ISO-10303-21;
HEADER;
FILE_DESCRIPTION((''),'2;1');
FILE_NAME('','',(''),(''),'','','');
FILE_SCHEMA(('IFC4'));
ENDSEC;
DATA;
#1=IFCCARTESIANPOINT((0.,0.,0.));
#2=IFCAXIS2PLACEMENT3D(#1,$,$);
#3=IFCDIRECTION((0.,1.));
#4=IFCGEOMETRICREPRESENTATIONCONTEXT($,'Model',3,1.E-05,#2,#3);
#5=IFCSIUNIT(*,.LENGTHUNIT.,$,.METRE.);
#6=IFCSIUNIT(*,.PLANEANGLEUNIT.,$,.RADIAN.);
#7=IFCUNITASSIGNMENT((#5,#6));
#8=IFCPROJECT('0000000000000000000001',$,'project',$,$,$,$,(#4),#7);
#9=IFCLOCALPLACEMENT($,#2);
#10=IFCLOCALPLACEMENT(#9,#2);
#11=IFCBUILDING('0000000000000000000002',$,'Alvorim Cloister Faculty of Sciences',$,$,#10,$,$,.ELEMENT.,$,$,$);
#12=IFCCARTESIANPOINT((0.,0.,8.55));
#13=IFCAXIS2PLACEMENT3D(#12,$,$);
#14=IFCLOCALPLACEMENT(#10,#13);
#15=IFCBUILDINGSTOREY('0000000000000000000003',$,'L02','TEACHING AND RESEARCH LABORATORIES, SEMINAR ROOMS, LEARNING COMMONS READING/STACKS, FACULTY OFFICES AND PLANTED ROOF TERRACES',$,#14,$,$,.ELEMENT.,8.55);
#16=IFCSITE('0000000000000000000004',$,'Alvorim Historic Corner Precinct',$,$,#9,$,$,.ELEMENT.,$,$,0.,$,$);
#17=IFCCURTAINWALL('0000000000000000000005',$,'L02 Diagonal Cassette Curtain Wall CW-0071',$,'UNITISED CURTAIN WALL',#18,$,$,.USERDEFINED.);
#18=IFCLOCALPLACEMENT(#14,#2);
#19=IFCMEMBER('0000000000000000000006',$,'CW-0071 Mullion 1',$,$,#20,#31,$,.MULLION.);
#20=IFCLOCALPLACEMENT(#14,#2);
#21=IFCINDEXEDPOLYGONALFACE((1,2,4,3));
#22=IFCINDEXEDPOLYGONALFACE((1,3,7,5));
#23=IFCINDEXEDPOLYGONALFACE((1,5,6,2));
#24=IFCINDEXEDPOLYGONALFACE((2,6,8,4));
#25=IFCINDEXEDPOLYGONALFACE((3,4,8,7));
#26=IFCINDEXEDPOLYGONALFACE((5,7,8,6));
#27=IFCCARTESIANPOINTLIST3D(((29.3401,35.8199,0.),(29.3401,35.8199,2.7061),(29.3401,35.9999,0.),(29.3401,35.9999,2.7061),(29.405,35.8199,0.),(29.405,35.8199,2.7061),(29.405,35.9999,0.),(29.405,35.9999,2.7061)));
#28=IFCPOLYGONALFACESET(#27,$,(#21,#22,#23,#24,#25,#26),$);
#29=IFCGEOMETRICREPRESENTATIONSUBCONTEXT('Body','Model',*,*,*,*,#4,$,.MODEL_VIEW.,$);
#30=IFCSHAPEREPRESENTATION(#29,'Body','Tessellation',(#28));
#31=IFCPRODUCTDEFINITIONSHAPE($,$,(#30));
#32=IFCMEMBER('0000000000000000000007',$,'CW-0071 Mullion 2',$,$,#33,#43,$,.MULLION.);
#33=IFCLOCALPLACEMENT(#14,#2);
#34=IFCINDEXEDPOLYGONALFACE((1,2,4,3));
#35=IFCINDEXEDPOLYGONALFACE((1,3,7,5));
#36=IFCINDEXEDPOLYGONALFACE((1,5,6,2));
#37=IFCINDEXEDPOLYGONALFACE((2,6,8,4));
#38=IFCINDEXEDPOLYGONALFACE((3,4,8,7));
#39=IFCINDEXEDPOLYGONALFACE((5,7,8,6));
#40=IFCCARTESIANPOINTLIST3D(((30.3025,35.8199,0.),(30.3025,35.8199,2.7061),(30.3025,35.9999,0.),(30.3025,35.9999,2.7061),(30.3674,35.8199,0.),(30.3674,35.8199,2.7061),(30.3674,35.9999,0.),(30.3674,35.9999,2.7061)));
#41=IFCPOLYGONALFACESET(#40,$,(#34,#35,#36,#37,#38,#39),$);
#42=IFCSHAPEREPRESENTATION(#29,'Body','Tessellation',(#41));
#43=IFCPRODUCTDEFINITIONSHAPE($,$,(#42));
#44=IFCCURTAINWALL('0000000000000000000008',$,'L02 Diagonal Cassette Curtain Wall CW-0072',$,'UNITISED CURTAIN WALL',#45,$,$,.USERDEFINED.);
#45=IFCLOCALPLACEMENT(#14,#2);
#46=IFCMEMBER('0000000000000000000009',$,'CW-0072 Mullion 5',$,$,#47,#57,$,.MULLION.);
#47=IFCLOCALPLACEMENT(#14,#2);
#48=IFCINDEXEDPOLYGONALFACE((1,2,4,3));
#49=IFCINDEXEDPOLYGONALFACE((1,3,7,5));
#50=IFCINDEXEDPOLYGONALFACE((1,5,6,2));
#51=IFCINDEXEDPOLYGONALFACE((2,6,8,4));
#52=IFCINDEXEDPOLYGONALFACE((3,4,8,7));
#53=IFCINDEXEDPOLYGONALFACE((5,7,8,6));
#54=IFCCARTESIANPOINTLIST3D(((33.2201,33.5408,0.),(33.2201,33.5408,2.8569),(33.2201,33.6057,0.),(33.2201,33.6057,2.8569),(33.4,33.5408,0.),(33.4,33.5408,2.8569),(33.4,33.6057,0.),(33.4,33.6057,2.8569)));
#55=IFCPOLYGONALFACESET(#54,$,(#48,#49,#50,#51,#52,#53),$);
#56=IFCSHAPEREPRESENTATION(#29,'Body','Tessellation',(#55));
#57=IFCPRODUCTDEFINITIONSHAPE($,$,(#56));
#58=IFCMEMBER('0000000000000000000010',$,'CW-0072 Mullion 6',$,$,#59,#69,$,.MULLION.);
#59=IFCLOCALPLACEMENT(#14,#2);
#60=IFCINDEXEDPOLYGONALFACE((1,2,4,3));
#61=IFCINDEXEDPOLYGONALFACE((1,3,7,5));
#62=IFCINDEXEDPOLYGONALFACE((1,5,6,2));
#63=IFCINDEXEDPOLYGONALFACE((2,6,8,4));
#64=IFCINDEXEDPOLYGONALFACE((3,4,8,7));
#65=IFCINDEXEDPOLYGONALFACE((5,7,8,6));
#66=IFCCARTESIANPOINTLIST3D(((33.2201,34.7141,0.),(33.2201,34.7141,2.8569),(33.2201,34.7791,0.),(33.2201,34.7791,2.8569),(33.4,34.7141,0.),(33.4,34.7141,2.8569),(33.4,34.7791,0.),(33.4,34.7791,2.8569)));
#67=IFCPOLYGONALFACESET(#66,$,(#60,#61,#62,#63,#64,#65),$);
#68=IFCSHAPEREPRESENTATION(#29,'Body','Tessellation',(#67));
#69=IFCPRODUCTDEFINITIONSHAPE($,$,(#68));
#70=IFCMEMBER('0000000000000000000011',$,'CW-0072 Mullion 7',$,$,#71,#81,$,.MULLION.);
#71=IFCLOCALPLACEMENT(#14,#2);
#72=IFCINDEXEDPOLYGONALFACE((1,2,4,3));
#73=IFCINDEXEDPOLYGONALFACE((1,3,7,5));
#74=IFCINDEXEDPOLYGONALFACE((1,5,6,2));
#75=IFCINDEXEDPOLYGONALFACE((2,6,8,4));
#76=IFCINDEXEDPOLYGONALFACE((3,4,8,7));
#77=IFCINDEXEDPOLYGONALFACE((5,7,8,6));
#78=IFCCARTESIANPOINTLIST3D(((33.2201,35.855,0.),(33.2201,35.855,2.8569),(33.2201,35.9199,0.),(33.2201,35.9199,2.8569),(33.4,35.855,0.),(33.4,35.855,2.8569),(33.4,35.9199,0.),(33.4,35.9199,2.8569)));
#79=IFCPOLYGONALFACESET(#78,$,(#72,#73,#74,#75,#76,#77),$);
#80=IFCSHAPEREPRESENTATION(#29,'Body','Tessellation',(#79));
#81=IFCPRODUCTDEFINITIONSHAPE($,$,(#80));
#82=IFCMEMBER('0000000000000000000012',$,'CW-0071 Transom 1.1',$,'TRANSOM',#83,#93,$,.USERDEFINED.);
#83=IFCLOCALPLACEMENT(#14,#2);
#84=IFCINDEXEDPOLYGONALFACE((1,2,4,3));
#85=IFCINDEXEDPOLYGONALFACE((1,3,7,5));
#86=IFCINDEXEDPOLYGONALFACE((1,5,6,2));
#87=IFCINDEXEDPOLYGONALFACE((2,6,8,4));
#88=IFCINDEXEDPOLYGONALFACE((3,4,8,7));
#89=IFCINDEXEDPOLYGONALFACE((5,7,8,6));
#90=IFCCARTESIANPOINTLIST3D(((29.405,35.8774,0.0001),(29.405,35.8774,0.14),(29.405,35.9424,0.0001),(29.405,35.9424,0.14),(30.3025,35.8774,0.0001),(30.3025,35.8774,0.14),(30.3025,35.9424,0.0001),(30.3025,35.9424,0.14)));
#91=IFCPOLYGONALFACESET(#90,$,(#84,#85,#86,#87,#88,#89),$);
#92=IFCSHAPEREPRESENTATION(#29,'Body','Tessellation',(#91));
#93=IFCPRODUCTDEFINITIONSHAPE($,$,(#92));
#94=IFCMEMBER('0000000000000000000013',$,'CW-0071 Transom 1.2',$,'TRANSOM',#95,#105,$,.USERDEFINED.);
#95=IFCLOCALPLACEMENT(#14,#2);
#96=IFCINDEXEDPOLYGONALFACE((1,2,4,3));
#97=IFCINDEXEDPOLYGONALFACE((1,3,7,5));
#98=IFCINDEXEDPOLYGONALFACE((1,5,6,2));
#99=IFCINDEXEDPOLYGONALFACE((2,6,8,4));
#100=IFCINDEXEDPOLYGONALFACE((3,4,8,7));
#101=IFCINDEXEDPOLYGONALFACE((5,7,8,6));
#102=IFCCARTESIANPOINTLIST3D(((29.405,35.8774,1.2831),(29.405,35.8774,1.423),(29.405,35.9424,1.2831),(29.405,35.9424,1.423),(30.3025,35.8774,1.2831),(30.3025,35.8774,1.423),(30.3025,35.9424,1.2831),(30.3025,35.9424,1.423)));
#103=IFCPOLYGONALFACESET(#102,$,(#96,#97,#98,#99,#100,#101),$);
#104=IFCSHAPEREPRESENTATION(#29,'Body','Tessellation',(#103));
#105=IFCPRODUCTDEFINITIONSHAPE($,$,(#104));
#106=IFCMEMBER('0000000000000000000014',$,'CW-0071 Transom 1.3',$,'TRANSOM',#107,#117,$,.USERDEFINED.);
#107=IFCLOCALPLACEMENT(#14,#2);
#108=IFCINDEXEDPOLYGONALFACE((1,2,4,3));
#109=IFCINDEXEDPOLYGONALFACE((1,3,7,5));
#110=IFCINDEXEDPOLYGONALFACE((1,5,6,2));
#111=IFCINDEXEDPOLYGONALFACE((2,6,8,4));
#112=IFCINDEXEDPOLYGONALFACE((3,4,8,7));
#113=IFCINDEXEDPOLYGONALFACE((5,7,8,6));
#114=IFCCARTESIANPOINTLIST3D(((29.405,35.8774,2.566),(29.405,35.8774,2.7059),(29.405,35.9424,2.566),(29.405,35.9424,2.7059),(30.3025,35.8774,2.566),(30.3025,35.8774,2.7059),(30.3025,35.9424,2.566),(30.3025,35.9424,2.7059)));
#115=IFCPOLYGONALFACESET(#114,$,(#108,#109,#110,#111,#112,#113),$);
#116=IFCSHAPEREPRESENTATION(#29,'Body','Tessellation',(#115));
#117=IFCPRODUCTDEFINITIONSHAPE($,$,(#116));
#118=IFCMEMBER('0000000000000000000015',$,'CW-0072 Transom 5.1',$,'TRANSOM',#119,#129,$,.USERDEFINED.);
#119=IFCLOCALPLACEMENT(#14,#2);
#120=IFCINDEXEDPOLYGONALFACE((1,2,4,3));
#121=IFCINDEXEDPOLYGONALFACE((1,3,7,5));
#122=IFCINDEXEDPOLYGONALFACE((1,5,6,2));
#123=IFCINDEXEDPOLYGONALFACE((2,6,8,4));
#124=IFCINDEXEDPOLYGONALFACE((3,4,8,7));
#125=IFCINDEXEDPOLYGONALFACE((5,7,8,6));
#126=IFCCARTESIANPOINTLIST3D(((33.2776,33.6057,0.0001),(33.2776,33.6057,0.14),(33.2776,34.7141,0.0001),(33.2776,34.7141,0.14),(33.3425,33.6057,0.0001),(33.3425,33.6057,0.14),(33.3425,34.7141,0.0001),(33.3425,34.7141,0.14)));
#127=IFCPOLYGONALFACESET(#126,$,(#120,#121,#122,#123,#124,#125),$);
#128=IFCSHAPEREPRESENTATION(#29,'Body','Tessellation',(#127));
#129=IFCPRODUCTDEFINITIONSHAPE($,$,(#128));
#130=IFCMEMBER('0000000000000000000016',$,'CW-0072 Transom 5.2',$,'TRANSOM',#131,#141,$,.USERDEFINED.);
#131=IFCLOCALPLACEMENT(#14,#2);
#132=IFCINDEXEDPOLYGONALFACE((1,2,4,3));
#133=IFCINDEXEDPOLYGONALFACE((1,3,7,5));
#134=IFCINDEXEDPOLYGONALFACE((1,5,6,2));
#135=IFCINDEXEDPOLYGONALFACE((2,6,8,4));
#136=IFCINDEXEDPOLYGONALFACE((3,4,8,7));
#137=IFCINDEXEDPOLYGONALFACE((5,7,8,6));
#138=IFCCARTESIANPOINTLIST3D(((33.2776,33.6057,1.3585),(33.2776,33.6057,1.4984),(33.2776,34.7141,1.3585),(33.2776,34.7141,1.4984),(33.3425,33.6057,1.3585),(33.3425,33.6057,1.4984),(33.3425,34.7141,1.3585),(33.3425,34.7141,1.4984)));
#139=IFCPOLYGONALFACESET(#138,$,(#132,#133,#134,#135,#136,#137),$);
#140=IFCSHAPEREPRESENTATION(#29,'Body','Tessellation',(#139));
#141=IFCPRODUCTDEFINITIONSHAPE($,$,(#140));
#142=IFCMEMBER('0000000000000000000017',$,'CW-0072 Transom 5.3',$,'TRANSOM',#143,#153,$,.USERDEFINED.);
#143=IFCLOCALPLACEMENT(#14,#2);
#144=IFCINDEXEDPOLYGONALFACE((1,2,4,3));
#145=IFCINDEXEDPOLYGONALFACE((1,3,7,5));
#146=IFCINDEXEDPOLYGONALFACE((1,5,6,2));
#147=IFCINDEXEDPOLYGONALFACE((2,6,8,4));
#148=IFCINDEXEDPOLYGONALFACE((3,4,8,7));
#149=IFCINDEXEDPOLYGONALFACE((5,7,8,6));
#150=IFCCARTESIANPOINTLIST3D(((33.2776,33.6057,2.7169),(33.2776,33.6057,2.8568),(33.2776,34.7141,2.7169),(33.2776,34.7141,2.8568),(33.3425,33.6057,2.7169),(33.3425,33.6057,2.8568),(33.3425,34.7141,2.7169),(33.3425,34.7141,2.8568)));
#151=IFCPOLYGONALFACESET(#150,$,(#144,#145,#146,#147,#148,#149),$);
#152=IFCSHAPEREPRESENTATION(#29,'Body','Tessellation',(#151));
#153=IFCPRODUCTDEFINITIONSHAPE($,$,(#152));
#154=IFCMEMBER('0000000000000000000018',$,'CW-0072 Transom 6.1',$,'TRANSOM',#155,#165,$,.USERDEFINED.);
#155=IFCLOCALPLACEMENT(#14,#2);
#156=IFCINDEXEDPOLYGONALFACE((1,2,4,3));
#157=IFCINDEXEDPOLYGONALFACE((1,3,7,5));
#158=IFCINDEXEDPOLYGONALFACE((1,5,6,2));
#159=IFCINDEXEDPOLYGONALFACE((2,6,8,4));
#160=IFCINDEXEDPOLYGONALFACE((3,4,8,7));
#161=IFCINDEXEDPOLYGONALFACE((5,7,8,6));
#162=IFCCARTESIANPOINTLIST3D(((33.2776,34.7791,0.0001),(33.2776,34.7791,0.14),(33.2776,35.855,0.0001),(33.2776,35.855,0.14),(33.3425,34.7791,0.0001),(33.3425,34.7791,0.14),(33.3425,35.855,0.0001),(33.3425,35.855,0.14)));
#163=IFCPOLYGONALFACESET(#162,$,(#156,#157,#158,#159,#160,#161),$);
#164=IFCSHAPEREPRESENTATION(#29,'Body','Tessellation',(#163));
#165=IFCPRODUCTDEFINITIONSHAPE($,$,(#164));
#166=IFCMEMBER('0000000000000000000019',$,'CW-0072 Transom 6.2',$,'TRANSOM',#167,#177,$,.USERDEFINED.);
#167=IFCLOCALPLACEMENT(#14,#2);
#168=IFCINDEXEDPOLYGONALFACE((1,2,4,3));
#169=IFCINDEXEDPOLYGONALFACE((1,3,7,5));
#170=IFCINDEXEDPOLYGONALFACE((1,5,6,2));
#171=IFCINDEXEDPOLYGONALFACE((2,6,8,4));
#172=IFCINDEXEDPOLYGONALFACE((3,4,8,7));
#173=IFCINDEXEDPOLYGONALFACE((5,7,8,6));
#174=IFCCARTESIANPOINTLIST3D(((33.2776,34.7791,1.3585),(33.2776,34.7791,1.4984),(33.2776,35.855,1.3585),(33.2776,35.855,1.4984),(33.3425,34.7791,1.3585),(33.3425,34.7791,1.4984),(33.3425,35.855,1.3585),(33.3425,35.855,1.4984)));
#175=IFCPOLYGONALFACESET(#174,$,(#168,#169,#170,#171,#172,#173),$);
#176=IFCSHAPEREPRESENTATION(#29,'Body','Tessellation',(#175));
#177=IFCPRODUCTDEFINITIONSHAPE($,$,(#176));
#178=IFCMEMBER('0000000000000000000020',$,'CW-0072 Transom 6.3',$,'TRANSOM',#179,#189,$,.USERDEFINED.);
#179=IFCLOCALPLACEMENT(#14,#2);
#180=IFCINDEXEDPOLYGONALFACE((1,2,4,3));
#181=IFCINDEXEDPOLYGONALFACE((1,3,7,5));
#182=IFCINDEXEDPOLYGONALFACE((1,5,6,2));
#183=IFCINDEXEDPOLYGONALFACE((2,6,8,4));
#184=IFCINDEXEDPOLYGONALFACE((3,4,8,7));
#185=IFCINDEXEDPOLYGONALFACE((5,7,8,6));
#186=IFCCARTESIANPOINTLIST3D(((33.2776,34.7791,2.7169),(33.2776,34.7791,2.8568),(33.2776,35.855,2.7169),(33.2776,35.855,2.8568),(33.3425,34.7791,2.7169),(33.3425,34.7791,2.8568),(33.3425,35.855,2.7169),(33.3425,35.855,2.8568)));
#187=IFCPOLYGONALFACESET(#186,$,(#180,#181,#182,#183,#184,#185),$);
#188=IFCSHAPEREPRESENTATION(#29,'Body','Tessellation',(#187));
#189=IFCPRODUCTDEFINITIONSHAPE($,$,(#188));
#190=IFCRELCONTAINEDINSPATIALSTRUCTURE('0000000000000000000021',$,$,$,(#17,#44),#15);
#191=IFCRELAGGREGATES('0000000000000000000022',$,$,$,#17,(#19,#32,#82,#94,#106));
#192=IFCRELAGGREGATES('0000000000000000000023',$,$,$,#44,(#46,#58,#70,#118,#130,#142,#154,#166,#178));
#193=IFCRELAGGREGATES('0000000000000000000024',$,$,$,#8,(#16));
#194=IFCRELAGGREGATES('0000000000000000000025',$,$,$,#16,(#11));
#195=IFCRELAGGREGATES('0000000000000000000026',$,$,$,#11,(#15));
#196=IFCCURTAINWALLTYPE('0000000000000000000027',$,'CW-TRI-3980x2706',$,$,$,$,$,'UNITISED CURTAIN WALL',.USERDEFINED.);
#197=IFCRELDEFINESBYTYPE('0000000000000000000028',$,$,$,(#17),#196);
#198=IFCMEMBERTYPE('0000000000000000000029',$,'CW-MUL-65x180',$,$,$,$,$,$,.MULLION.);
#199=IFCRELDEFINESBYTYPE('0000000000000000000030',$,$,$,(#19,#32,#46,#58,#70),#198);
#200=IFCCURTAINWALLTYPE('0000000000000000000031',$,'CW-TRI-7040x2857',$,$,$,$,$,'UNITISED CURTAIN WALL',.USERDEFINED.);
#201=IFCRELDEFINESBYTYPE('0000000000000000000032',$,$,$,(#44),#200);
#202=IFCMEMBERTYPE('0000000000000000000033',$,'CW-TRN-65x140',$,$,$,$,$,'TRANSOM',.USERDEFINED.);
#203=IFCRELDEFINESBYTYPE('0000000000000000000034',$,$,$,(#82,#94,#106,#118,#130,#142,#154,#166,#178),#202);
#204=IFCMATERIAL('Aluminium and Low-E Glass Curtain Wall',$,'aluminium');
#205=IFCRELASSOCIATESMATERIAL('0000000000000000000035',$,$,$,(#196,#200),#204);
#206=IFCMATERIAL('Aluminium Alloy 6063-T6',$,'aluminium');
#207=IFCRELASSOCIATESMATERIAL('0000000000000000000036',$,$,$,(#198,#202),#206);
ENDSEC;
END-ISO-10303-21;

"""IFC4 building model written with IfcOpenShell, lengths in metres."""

from ifc_helpers import new_model, si_unit, direction, frame, origin, origin_2d, place, context, subcontext, project, spatial, rectangle, extrude, material, material_profile, profile_set, type_object, element, aggregate, save


model = new_model("IFC4")

# Units and contexts
model_context = context("Model", 3, precision=1e-05, world=origin(), true_north=direction((0.0, 1.0)))
body_context = subcontext(model_context, "Body", "Model", "MODEL_VIEW")
ifc_project = project(units=[si_unit("LENGTHUNIT", "METRE"), si_unit("PLANEANGLEUNIT", "RADIAN")], contexts=[model_context])

# Site, building, storey
site_placement = place(None, origin())
site = spatial("IfcSite", under=ifc_project, at=site_placement, Name="Alvorim Historic Corner Precinct", CompositionType="ELEMENT", RefElevation=0.0)
building_placement = place(site_placement, origin())
building = spatial("IfcBuilding", under=site, at=building_placement, Name="Alvorim Cloister Faculty of Sciences", CompositionType="ELEMENT")
storey_placement = place(building_placement, frame((0.0, 0.0, 8.55)))
storey = spatial("IfcBuildingStorey", under=building, at=storey_placement, Name="L02", Description="TEACHING AND RESEARCH LABORATORIES, SEMINAR ROOMS, LEARNING COMMONS READING/STACKS, FACULTY OFFICES AND PLANTED ROOF TERRACES", CompositionType="ELEMENT", Elevation=8.55)

# Curtain walls, members
ifc_material_1 = material(Name="Aluminium and Low-E Glass Curtain Wall", Category="aluminium")
curtain_wall_type_1 = type_object("IfcCurtainWallType", Name="CW-TRI-3980x2706", ElementType="UNITISED CURTAIN WALL", PredefinedType="USERDEFINED", material=ifc_material_1)
curtain_wall_1_placement = place(storey_placement, origin())
curtain_wall_1 = element("IfcCurtainWall", 1, at=curtain_wall_1_placement, inside=storey, type_object=curtain_wall_type_1, Name="L02 Diagonal Cassette Curtain Wall CW-0071", ObjectType="UNITISED CURTAIN WALL", PredefinedType="USERDEFINED")
ifc_material_2 = material(Name="Aluminium Alloy 6063-T6", Category="aluminium")
ifc_material_profile_1 = material_profile(ifc_material_2, rectangle(XDim=0.0649, YDim=0.1799, at=origin_2d()), Name="ALU-MUL-65x180")
ifc_profile_set_1 = profile_set([ifc_material_profile_1], Name="Aluminium Alloy 6063-T6")
member_type_1 = type_object("IfcMemberType", Name="CW-MUL-65x180", PredefinedType="MULLION", material=ifc_profile_set_1)
member_1_placement = place(storey_placement, frame((29.3726, 35.9099, 0.0), z_axis=(0.0, 0.0, 1.0), x_axis=(1.0, 0.0, 0.0)))
member_1 = element("IfcMember", 2, at=member_1_placement, type_object=member_type_1, Name="CW-0071 Mullion 1", PredefinedType="MULLION", context=body_context, shape_type="SweptSolid", body=[
    extrude(rectangle(XDim=0.0649, YDim=0.1799, at=origin_2d()), origin(), (0.0, 0.0, 1.0), 2.7061),
])
member_2_placement = place(storey_placement, frame((30.335, 35.9099, 0.0), z_axis=(0.0, 0.0, 1.0), x_axis=(1.0, 0.0, 0.0)))
member_2 = element("IfcMember", 3, at=member_2_placement, type_object=member_type_1, Name="CW-0071 Mullion 2", PredefinedType="MULLION", context=body_context, shape_type="SweptSolid", body=[
    extrude(rectangle(XDim=0.0649, YDim=0.1799, at=origin_2d()), origin(), (0.0, 0.0, 1.0), 2.7061),
])
curtain_wall_type_2 = type_object("IfcCurtainWallType", Name="CW-TRI-7040x2857", ElementType="UNITISED CURTAIN WALL", PredefinedType="USERDEFINED", material=ifc_material_1)
curtain_wall_2_placement = place(storey_placement, origin())
curtain_wall_2 = element("IfcCurtainWall", 4, at=curtain_wall_2_placement, inside=storey, type_object=curtain_wall_type_2, Name="L02 Diagonal Cassette Curtain Wall CW-0072", ObjectType="UNITISED CURTAIN WALL", PredefinedType="USERDEFINED")
member_3_placement = place(storey_placement, frame((33.3101, 33.5732, 0.0), z_axis=(0.0, 0.0, 1.0), x_axis=(0.0, 1.0, 0.0)))
member_3 = element("IfcMember", 5, at=member_3_placement, type_object=member_type_1, Name="CW-0072 Mullion 5", PredefinedType="MULLION", context=body_context, shape_type="SweptSolid", body=[
    extrude(rectangle(XDim=0.0649, YDim=0.1799, at=origin_2d()), origin(), (0.0, 0.0, 1.0), 2.8569),
])
member_4_placement = place(storey_placement, frame((33.3101, 34.7466, 0.0), z_axis=(0.0, 0.0, 1.0), x_axis=(0.0, 1.0, 0.0)))
member_4 = element("IfcMember", 6, at=member_4_placement, type_object=member_type_1, Name="CW-0072 Mullion 6", PredefinedType="MULLION", context=body_context, shape_type="SweptSolid", body=[
    extrude(rectangle(XDim=0.0649, YDim=0.1799, at=origin_2d()), origin(), (0.0, 0.0, 1.0), 2.8569),
])
member_5_placement = place(storey_placement, frame((33.3101, 35.8875, 0.0), z_axis=(0.0, 0.0, 1.0), x_axis=(0.0, 1.0, 0.0)))
member_5 = element("IfcMember", 7, at=member_5_placement, type_object=member_type_1, Name="CW-0072 Mullion 7", PredefinedType="MULLION", context=body_context, shape_type="SweptSolid", body=[
    extrude(rectangle(XDim=0.0649, YDim=0.1799, at=origin_2d()), origin(), (0.0, 0.0, 1.0), 2.8569),
])

# Members
ifc_material_profile_2 = material_profile(ifc_material_2, rectangle(XDim=0.0649, YDim=0.1399, at=origin_2d()), Name="ALU-TRN-65x140")
ifc_profile_set_2 = profile_set([ifc_material_profile_2], Name="Aluminium Alloy 6063-T6")
member_type_2 = type_object("IfcMemberType", Name="CW-TRN-65x140", ElementType="TRANSOM", PredefinedType="USERDEFINED", material=ifc_profile_set_2)
member_6_placement = place(storey_placement, frame((29.405, 35.9099, 0.0701), z_axis=(1.0, 0.0, 0.0), x_axis=(0.0, 1.0, 0.0)))
member_6 = element("IfcMember", 8, at=member_6_placement, type_object=member_type_2, Name="CW-0071 Transom 1.1", ObjectType="TRANSOM", PredefinedType="USERDEFINED", context=body_context, shape_type="SweptSolid", body=[
    extrude(rectangle(XDim=0.0649, YDim=0.1399, at=origin_2d()), origin(), (0.0, 0.0, 1.0), 0.8975),
])
member_7_placement = place(storey_placement, frame((29.405, 35.9099, 1.353), z_axis=(1.0, 0.0, 0.0), x_axis=(0.0, 1.0, 0.0)))
member_7 = element("IfcMember", 9, at=member_7_placement, type_object=member_type_2, Name="CW-0071 Transom 1.2", ObjectType="TRANSOM", PredefinedType="USERDEFINED", context=body_context, shape_type="SweptSolid", body=[
    extrude(rectangle(XDim=0.0649, YDim=0.1399, at=origin_2d()), origin(), (0.0, 0.0, 1.0), 0.8975),
])
member_8_placement = place(storey_placement, frame((29.405, 35.9099, 2.636), z_axis=(1.0, 0.0, 0.0), x_axis=(0.0, 1.0, 0.0)))
member_8 = element("IfcMember", 10, at=member_8_placement, type_object=member_type_2, Name="CW-0071 Transom 1.3", ObjectType="TRANSOM", PredefinedType="USERDEFINED", context=body_context, shape_type="SweptSolid", body=[
    extrude(rectangle(XDim=0.0649, YDim=0.1399, at=origin_2d()), origin(), (0.0, 0.0, 1.0), 0.8975),
])
aggregate(curtain_wall_1, [member_1, member_2, member_6, member_7, member_8])
member_9_placement = place(storey_placement, frame((33.3101, 33.6057, 0.0701), z_axis=(0.0, 1.0, 0.0), x_axis=(-1.0, 0.0, 0.0)))
member_9 = element("IfcMember", 11, at=member_9_placement, type_object=member_type_2, Name="CW-0072 Transom 5.1", ObjectType="TRANSOM", PredefinedType="USERDEFINED", context=body_context, shape_type="SweptSolid", body=[
    extrude(rectangle(XDim=0.0649, YDim=0.1399, at=origin_2d()), origin(), (0.0, 0.0, 1.0), 1.1084),
])
member_10_placement = place(storey_placement, frame((33.3101, 33.6057, 1.4285), z_axis=(0.0, 1.0, 0.0), x_axis=(-1.0, 0.0, 0.0)))
member_10 = element("IfcMember", 12, at=member_10_placement, type_object=member_type_2, Name="CW-0072 Transom 5.2", ObjectType="TRANSOM", PredefinedType="USERDEFINED", context=body_context, shape_type="SweptSolid", body=[
    extrude(rectangle(XDim=0.0649, YDim=0.1399, at=origin_2d()), origin(), (0.0, 0.0, 1.0), 1.1084),
])
member_11_placement = place(storey_placement, frame((33.3101, 33.6057, 2.7869), z_axis=(0.0, 1.0, 0.0), x_axis=(-1.0, 0.0, 0.0)))
member_11 = element("IfcMember", 13, at=member_11_placement, type_object=member_type_2, Name="CW-0072 Transom 5.3", ObjectType="TRANSOM", PredefinedType="USERDEFINED", context=body_context, shape_type="SweptSolid", body=[
    extrude(rectangle(XDim=0.0649, YDim=0.1399, at=origin_2d()), origin(), (0.0, 0.0, 1.0), 1.1084),
])
member_12_placement = place(storey_placement, frame((33.3101, 34.7791, 0.0701), z_axis=(0.0, 1.0, 0.0), x_axis=(-1.0, 0.0, 0.0)))
member_12 = element("IfcMember", 14, at=member_12_placement, type_object=member_type_2, Name="CW-0072 Transom 6.1", ObjectType="TRANSOM", PredefinedType="USERDEFINED", context=body_context, shape_type="SweptSolid", body=[
    extrude(rectangle(XDim=0.0649, YDim=0.1399, at=origin_2d()), origin(), (0.0, 0.0, 1.0), 1.0759),
])
member_13_placement = place(storey_placement, frame((33.3101, 34.7791, 1.4285), z_axis=(0.0, 1.0, 0.0), x_axis=(-1.0, 0.0, 0.0)))
member_13 = element("IfcMember", 15, at=member_13_placement, type_object=member_type_2, Name="CW-0072 Transom 6.2", ObjectType="TRANSOM", PredefinedType="USERDEFINED", context=body_context, shape_type="SweptSolid", body=[
    extrude(rectangle(XDim=0.0649, YDim=0.1399, at=origin_2d()), origin(), (0.0, 0.0, 1.0), 1.0759),
])
member_14_placement = place(storey_placement, frame((33.3101, 34.7791, 2.7869), z_axis=(0.0, 1.0, 0.0), x_axis=(-1.0, 0.0, 0.0)))
member_14 = element("IfcMember", 16, at=member_14_placement, type_object=member_type_2, Name="CW-0072 Transom 6.3", ObjectType="TRANSOM", PredefinedType="USERDEFINED", context=body_context, shape_type="SweptSolid", body=[
    extrude(rectangle(XDim=0.0649, YDim=0.1399, at=origin_2d()), origin(), (0.0, 0.0, 1.0), 1.0759),
])

aggregate(curtain_wall_2, [member_3, member_4, member_5, member_9, member_10, member_11, member_12, member_13, member_14])

save(model, "model.ifc")
